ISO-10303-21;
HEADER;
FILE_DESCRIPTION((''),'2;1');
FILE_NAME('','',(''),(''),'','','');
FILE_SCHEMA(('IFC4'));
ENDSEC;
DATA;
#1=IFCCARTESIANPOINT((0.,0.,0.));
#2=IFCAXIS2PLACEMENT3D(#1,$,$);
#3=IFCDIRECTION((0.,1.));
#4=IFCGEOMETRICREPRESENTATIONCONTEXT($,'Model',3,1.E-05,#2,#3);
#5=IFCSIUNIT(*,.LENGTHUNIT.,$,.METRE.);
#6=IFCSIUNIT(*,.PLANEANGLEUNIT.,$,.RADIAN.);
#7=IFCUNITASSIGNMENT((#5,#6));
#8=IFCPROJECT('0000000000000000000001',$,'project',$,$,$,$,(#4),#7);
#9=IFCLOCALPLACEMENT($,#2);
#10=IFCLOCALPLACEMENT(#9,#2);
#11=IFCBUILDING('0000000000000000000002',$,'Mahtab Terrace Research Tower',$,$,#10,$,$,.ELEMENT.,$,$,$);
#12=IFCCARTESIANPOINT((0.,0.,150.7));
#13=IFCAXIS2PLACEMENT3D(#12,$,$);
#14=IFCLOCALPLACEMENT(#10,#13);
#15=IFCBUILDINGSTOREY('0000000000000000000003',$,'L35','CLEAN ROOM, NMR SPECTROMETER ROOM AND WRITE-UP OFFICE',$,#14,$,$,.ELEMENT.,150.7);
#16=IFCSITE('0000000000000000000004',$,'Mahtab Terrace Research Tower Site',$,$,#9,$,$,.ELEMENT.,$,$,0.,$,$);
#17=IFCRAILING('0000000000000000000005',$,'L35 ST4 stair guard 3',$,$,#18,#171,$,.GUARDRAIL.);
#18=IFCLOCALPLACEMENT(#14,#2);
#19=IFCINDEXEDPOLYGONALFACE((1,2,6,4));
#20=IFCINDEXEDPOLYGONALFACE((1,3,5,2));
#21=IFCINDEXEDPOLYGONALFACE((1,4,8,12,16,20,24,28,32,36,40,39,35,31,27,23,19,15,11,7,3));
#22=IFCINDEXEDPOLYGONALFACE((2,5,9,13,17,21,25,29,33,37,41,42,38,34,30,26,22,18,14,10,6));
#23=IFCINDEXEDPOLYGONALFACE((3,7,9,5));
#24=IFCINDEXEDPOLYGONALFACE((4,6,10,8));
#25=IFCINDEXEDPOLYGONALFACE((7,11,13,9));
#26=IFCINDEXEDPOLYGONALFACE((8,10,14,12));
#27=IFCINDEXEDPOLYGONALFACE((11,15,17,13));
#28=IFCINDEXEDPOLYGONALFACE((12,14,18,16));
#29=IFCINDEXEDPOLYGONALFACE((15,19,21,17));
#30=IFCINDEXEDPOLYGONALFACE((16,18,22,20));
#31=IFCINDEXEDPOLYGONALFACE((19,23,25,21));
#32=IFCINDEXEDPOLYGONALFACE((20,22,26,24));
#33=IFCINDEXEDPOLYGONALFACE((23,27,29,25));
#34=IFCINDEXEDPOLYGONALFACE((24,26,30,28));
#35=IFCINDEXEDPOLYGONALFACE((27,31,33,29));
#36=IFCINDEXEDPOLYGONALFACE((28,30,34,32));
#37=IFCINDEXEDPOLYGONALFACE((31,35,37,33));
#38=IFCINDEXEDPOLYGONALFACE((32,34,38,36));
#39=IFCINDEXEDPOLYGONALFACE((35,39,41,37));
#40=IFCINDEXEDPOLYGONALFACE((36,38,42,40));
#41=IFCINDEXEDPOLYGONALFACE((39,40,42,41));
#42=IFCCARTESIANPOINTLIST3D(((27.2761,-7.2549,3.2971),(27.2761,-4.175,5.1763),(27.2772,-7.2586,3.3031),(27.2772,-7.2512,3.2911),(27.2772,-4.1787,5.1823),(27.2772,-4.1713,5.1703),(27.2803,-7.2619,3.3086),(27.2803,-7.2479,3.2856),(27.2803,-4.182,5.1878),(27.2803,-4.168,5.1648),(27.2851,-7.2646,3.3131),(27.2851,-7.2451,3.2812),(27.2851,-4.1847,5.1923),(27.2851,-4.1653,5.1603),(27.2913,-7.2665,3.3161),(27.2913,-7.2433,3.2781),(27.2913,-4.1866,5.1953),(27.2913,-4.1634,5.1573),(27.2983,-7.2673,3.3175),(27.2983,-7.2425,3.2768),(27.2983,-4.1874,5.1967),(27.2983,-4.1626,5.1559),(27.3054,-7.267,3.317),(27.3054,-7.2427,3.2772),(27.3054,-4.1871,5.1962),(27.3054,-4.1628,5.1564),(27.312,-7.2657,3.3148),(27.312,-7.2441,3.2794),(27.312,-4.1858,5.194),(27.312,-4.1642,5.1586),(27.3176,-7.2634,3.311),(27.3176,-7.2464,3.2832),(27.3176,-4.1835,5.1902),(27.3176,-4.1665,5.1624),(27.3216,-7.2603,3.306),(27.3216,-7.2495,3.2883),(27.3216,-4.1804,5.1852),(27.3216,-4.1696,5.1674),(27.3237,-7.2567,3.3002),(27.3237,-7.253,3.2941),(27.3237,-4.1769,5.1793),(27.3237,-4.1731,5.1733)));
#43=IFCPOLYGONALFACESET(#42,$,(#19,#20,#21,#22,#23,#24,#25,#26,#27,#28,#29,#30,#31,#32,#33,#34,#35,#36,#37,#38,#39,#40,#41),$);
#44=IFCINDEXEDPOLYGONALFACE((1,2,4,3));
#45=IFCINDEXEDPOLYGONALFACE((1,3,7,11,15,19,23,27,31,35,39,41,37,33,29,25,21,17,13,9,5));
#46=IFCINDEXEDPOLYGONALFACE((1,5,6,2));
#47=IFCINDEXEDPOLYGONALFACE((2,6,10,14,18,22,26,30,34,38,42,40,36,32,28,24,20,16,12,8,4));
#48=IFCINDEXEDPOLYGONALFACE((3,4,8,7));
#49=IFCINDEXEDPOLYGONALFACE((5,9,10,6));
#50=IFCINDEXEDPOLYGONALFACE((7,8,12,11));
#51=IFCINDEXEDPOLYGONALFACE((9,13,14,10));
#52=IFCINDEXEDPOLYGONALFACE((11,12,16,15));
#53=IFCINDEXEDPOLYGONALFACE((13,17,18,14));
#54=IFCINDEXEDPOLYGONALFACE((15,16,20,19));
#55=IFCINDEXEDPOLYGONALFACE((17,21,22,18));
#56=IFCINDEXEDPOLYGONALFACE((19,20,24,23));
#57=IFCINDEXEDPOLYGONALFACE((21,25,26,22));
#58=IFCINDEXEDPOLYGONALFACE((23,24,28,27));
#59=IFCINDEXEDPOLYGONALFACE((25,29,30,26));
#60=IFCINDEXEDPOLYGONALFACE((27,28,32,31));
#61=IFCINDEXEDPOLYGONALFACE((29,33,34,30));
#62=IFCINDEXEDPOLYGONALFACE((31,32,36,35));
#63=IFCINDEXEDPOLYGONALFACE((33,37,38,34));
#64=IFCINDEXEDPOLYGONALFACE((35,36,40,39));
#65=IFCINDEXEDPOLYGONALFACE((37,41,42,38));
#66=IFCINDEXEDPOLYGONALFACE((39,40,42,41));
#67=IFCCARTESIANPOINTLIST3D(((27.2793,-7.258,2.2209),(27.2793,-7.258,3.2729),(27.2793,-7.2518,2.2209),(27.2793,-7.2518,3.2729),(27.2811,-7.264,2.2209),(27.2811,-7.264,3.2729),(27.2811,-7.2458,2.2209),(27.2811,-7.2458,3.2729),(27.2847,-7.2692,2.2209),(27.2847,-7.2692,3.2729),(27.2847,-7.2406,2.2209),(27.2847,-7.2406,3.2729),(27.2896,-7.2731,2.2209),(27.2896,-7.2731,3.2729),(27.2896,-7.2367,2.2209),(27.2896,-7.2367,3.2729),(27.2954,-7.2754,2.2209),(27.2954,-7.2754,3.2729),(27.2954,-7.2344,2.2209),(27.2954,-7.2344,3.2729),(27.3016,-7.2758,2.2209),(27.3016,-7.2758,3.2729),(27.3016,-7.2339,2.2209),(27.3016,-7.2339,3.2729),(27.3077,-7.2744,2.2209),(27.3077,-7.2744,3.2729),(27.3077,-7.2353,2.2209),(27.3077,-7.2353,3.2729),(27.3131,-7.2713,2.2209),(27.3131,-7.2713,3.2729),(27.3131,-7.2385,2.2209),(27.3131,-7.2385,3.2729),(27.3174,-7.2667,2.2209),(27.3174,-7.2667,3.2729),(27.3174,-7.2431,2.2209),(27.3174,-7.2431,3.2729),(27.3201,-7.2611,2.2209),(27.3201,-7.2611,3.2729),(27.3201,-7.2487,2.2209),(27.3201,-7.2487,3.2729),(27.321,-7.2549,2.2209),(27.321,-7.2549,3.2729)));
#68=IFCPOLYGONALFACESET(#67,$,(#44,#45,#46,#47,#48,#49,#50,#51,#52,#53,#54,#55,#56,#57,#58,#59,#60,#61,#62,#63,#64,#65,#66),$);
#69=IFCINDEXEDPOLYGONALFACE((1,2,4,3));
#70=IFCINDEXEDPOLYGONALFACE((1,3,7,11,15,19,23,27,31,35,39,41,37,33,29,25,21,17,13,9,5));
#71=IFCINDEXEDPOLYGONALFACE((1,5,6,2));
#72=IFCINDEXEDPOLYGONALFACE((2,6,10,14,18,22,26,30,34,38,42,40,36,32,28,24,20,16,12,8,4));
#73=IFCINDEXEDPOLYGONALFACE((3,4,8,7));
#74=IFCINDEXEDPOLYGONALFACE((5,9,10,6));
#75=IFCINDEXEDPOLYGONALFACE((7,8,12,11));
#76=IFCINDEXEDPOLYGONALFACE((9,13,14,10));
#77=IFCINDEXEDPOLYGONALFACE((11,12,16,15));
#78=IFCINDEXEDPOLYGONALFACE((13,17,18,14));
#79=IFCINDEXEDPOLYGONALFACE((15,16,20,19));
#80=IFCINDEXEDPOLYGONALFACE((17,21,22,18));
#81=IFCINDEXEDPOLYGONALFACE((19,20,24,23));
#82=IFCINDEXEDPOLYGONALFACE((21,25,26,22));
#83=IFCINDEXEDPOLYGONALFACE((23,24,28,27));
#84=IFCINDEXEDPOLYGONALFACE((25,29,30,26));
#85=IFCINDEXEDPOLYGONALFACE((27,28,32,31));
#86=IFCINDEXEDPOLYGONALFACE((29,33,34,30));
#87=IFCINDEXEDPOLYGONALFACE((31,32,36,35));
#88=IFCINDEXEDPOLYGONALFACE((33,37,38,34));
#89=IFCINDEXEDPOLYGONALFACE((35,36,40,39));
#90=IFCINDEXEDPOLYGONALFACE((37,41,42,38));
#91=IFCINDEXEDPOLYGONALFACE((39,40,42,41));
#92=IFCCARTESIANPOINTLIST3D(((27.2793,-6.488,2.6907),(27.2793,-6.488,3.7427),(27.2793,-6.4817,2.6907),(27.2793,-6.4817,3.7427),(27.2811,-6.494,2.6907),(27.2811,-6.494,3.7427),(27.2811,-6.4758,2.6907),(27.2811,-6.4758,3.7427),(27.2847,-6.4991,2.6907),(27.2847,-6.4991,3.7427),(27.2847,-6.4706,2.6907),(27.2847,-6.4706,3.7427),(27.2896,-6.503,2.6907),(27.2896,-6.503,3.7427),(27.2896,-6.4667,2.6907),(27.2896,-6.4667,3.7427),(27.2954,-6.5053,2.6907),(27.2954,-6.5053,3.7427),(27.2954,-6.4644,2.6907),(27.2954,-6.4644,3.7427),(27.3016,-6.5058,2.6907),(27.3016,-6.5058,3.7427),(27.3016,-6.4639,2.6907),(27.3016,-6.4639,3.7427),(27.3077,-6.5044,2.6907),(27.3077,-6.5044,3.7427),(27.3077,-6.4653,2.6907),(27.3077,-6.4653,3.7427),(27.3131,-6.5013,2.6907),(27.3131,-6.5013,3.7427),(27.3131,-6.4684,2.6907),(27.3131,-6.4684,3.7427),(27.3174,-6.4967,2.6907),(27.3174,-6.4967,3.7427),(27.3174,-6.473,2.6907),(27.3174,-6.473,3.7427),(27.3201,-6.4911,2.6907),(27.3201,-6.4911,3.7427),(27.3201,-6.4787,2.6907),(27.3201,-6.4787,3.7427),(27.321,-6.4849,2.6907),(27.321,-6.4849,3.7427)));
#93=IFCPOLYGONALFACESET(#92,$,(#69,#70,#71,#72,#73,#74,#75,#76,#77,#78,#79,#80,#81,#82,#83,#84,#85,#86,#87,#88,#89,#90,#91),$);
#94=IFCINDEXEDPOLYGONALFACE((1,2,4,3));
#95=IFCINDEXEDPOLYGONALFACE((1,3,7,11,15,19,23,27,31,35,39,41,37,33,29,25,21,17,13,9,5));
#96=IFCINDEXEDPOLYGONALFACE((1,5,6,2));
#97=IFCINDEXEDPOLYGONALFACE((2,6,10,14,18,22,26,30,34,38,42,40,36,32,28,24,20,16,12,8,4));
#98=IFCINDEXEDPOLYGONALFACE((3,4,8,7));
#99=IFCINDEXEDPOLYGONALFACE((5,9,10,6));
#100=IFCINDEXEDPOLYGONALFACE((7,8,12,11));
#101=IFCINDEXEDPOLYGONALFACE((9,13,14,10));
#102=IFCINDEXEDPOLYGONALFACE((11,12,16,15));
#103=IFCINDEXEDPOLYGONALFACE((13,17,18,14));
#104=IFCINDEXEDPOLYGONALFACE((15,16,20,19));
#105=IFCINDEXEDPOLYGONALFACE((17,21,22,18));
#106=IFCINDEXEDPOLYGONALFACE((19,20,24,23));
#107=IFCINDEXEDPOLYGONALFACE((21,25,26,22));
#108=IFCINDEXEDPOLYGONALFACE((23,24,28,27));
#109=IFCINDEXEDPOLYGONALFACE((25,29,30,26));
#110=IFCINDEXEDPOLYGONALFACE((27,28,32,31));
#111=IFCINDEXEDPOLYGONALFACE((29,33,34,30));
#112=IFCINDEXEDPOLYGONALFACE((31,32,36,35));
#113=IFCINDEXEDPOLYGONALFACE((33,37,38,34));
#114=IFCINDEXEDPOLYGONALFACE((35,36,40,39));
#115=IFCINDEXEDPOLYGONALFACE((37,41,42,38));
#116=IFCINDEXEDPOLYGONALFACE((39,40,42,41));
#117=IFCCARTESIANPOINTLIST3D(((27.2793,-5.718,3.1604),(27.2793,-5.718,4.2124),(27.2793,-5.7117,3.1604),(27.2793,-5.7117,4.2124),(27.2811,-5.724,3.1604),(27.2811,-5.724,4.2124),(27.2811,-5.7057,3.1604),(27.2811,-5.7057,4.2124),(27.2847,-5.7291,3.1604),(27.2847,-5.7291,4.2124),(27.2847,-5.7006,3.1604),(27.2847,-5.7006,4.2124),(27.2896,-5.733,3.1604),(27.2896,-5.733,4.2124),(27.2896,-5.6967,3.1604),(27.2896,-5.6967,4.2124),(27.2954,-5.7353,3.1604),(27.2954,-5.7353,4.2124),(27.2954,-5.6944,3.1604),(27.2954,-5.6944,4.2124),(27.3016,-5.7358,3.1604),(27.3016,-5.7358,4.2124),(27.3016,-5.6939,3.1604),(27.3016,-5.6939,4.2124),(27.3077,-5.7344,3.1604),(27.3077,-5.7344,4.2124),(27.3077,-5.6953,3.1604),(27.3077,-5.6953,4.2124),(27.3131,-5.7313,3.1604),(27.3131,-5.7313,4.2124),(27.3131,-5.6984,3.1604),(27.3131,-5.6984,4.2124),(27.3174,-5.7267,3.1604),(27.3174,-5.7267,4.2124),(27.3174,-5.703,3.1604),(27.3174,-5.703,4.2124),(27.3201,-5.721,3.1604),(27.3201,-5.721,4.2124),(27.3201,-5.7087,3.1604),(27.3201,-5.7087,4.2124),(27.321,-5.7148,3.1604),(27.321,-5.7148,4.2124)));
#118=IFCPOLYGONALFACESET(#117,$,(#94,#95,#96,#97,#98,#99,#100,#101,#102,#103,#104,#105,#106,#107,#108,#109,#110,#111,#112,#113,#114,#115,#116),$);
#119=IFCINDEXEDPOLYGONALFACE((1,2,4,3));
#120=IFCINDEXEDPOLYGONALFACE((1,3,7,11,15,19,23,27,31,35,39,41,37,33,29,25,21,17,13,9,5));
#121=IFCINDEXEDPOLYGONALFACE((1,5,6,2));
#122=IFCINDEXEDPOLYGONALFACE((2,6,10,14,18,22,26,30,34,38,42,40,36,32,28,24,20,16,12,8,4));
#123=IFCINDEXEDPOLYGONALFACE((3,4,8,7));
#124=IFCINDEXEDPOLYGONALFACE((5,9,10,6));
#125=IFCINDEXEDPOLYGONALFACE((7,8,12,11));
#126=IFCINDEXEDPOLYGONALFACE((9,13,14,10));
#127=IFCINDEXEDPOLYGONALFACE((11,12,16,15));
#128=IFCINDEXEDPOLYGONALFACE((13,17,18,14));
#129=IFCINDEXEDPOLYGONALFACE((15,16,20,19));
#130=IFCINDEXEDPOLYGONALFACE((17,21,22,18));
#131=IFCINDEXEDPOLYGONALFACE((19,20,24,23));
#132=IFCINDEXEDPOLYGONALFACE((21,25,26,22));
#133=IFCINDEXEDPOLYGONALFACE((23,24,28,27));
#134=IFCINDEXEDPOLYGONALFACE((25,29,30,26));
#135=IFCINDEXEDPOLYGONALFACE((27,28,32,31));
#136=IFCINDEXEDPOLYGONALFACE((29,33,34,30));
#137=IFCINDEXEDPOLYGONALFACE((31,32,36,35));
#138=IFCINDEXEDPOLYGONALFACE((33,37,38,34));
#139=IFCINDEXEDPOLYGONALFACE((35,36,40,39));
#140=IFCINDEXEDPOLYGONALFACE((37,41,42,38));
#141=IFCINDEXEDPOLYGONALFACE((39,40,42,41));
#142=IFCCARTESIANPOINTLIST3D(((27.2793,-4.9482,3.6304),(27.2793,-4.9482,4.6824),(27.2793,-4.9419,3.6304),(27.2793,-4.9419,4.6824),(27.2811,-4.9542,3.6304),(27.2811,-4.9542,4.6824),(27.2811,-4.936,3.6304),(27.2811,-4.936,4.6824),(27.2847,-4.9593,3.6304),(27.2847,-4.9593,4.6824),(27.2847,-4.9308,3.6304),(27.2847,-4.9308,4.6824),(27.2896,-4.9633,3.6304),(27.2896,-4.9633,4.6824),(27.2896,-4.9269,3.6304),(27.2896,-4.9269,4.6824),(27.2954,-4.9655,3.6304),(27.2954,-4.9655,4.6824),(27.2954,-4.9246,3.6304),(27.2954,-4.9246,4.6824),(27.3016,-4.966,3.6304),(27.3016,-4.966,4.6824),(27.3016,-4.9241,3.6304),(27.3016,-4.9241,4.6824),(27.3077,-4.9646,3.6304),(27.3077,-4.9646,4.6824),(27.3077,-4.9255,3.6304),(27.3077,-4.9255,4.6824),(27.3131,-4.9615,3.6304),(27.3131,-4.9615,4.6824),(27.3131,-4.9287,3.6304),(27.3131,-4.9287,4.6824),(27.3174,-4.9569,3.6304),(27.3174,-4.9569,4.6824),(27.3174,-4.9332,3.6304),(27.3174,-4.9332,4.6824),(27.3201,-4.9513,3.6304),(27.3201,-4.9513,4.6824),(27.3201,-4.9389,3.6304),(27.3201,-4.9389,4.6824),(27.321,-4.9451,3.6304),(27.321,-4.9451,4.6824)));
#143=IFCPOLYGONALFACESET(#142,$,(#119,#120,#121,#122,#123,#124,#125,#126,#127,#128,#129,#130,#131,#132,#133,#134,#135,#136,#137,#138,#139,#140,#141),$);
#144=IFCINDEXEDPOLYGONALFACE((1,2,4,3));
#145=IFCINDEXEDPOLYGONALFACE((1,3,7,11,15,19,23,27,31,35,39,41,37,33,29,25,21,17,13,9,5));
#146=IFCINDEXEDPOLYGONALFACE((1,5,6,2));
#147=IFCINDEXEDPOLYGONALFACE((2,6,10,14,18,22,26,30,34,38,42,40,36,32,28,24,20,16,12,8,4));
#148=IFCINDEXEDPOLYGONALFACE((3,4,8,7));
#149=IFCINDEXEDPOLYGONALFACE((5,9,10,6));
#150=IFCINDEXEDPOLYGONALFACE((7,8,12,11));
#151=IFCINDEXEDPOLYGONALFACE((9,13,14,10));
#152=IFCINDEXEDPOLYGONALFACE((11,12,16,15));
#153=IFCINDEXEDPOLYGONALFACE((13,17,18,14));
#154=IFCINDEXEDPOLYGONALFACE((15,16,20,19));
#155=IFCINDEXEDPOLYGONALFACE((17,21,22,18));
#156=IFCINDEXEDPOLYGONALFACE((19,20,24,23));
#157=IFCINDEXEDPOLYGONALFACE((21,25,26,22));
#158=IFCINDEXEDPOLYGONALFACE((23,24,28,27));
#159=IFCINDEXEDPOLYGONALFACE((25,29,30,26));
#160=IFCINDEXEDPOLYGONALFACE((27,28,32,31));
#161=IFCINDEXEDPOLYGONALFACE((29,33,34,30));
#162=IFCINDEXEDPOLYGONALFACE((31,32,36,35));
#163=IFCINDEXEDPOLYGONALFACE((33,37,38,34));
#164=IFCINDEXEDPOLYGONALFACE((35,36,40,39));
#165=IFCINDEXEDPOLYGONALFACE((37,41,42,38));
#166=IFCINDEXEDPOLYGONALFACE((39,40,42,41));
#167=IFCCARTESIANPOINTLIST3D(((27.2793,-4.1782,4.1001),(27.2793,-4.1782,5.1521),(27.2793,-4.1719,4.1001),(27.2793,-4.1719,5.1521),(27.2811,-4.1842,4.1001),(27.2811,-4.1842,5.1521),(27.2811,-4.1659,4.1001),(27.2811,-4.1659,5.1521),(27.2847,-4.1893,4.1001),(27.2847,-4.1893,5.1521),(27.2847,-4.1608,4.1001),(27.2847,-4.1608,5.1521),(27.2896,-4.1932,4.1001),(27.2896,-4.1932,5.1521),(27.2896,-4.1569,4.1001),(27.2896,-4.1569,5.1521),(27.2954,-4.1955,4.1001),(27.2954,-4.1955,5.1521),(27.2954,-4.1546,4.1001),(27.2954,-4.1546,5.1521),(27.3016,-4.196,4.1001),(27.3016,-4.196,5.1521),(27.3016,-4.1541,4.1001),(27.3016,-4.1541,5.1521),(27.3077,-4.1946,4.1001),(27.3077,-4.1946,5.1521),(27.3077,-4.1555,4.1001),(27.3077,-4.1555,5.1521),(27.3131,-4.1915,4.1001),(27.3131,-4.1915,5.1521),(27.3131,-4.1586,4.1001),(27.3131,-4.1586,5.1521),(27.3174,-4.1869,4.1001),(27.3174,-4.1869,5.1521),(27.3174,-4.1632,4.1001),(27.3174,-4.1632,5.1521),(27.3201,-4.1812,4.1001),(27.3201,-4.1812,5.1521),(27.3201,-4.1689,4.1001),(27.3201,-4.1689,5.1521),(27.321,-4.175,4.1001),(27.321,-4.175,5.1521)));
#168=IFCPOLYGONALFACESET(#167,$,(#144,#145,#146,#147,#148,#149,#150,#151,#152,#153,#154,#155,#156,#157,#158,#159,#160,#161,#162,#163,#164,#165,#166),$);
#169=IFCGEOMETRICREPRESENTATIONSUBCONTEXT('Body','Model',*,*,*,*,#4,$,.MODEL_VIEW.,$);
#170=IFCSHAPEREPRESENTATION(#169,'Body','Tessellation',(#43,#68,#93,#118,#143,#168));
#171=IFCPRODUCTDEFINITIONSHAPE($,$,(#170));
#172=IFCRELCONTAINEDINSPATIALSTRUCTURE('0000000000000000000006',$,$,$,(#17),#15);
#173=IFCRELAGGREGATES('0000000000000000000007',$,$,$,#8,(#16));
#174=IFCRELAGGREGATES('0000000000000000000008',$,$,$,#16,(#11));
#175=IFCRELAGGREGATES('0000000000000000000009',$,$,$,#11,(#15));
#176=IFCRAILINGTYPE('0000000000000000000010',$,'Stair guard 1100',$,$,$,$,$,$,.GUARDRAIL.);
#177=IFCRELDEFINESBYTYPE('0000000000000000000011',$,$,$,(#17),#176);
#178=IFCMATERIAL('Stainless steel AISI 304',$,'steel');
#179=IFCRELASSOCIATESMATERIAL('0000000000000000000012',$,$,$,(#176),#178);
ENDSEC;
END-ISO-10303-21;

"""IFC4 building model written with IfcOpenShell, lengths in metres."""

from ifc_helpers import new_model, si_unit, direction, frame, origin, origin_2d, place, context, subcontext, project, spatial, circle, extrude, material, type_object, element, save


model = new_model("IFC4")

# Units and contexts
model_context = context("Model", 3, precision=1e-05, world=origin(), true_north=direction((0.0, 1.0)))
body_context = subcontext(model_context, "Body", "Model", "MODEL_VIEW")
ifc_project = project(units=[si_unit("LENGTHUNIT", "METRE"), si_unit("PLANEANGLEUNIT", "RADIAN")], contexts=[model_context])

# Site, building, storey
site_placement = place(None, origin())
site = spatial("IfcSite", under=ifc_project, at=site_placement, Name="Mahtab Terrace Research Tower Site", CompositionType="ELEMENT", RefElevation=0.0)
building_placement = place(site_placement, origin())
building = spatial("IfcBuilding", under=site, at=building_placement, Name="Mahtab Terrace Research Tower", CompositionType="ELEMENT")
storey_placement = place(building_placement, frame((0.0, 0.0, 150.7)))
storey = spatial("IfcBuildingStorey", under=building, at=storey_placement, Name="L35", Description="CLEAN ROOM, NMR SPECTROMETER ROOM AND WRITE-UP OFFICE", CompositionType="ELEMENT", Elevation=150.7)

# Railing
ifc_material_1 = material(Name="Stainless steel AISI 304", Category="steel")
railing_type_1 = type_object("IfcRailingType", Name="Stair guard 1100", PredefinedType="GUARDRAIL", material=ifc_material_1)
railing_1_placement = place(storey_placement, frame((27.3, -7.2549, 2.2209)))
element("IfcRailing", 1, at=railing_1_placement, inside=storey, type_object=railing_type_1, Name="L35 ST4 stair guard 3", PredefinedType="GUARDRAIL", context=body_context, shape_type="SweptSolid", body=[
    extrude(circle(Radius=0.0239, at=origin_2d()), frame((0.0, 0.0, 1.0762), z_axis=(0.0, 0.853648, 0.52085), x_axis=(-1.0, 0.0, 0.0)), (0.0, 0.0, 1.0), 3.6079),
    extrude(circle(Radius=0.021, at=origin_2d()), origin(), (0.0, 0.0, 1.0), 1.052),
    extrude(circle(Radius=0.021, at=origin_2d()), frame((0.0, 0.77, 0.4697)), (0.0, 0.0, 1.0), 1.052),
    extrude(circle(Radius=0.021, at=origin_2d()), frame((0.0, 1.54, 0.9395)), (0.0, 0.0, 1.0), 1.052),
    extrude(circle(Radius=0.021, at=origin_2d()), frame((0.0, 2.3098, 1.4094)), (0.0, 0.0, 1.0), 1.052),
    extrude(circle(Radius=0.021, at=origin_2d()), frame((0.0, 3.0798, 1.8792)), (0.0, 0.0, 1.0), 1.052),
])

save(model, "model.ifc")
